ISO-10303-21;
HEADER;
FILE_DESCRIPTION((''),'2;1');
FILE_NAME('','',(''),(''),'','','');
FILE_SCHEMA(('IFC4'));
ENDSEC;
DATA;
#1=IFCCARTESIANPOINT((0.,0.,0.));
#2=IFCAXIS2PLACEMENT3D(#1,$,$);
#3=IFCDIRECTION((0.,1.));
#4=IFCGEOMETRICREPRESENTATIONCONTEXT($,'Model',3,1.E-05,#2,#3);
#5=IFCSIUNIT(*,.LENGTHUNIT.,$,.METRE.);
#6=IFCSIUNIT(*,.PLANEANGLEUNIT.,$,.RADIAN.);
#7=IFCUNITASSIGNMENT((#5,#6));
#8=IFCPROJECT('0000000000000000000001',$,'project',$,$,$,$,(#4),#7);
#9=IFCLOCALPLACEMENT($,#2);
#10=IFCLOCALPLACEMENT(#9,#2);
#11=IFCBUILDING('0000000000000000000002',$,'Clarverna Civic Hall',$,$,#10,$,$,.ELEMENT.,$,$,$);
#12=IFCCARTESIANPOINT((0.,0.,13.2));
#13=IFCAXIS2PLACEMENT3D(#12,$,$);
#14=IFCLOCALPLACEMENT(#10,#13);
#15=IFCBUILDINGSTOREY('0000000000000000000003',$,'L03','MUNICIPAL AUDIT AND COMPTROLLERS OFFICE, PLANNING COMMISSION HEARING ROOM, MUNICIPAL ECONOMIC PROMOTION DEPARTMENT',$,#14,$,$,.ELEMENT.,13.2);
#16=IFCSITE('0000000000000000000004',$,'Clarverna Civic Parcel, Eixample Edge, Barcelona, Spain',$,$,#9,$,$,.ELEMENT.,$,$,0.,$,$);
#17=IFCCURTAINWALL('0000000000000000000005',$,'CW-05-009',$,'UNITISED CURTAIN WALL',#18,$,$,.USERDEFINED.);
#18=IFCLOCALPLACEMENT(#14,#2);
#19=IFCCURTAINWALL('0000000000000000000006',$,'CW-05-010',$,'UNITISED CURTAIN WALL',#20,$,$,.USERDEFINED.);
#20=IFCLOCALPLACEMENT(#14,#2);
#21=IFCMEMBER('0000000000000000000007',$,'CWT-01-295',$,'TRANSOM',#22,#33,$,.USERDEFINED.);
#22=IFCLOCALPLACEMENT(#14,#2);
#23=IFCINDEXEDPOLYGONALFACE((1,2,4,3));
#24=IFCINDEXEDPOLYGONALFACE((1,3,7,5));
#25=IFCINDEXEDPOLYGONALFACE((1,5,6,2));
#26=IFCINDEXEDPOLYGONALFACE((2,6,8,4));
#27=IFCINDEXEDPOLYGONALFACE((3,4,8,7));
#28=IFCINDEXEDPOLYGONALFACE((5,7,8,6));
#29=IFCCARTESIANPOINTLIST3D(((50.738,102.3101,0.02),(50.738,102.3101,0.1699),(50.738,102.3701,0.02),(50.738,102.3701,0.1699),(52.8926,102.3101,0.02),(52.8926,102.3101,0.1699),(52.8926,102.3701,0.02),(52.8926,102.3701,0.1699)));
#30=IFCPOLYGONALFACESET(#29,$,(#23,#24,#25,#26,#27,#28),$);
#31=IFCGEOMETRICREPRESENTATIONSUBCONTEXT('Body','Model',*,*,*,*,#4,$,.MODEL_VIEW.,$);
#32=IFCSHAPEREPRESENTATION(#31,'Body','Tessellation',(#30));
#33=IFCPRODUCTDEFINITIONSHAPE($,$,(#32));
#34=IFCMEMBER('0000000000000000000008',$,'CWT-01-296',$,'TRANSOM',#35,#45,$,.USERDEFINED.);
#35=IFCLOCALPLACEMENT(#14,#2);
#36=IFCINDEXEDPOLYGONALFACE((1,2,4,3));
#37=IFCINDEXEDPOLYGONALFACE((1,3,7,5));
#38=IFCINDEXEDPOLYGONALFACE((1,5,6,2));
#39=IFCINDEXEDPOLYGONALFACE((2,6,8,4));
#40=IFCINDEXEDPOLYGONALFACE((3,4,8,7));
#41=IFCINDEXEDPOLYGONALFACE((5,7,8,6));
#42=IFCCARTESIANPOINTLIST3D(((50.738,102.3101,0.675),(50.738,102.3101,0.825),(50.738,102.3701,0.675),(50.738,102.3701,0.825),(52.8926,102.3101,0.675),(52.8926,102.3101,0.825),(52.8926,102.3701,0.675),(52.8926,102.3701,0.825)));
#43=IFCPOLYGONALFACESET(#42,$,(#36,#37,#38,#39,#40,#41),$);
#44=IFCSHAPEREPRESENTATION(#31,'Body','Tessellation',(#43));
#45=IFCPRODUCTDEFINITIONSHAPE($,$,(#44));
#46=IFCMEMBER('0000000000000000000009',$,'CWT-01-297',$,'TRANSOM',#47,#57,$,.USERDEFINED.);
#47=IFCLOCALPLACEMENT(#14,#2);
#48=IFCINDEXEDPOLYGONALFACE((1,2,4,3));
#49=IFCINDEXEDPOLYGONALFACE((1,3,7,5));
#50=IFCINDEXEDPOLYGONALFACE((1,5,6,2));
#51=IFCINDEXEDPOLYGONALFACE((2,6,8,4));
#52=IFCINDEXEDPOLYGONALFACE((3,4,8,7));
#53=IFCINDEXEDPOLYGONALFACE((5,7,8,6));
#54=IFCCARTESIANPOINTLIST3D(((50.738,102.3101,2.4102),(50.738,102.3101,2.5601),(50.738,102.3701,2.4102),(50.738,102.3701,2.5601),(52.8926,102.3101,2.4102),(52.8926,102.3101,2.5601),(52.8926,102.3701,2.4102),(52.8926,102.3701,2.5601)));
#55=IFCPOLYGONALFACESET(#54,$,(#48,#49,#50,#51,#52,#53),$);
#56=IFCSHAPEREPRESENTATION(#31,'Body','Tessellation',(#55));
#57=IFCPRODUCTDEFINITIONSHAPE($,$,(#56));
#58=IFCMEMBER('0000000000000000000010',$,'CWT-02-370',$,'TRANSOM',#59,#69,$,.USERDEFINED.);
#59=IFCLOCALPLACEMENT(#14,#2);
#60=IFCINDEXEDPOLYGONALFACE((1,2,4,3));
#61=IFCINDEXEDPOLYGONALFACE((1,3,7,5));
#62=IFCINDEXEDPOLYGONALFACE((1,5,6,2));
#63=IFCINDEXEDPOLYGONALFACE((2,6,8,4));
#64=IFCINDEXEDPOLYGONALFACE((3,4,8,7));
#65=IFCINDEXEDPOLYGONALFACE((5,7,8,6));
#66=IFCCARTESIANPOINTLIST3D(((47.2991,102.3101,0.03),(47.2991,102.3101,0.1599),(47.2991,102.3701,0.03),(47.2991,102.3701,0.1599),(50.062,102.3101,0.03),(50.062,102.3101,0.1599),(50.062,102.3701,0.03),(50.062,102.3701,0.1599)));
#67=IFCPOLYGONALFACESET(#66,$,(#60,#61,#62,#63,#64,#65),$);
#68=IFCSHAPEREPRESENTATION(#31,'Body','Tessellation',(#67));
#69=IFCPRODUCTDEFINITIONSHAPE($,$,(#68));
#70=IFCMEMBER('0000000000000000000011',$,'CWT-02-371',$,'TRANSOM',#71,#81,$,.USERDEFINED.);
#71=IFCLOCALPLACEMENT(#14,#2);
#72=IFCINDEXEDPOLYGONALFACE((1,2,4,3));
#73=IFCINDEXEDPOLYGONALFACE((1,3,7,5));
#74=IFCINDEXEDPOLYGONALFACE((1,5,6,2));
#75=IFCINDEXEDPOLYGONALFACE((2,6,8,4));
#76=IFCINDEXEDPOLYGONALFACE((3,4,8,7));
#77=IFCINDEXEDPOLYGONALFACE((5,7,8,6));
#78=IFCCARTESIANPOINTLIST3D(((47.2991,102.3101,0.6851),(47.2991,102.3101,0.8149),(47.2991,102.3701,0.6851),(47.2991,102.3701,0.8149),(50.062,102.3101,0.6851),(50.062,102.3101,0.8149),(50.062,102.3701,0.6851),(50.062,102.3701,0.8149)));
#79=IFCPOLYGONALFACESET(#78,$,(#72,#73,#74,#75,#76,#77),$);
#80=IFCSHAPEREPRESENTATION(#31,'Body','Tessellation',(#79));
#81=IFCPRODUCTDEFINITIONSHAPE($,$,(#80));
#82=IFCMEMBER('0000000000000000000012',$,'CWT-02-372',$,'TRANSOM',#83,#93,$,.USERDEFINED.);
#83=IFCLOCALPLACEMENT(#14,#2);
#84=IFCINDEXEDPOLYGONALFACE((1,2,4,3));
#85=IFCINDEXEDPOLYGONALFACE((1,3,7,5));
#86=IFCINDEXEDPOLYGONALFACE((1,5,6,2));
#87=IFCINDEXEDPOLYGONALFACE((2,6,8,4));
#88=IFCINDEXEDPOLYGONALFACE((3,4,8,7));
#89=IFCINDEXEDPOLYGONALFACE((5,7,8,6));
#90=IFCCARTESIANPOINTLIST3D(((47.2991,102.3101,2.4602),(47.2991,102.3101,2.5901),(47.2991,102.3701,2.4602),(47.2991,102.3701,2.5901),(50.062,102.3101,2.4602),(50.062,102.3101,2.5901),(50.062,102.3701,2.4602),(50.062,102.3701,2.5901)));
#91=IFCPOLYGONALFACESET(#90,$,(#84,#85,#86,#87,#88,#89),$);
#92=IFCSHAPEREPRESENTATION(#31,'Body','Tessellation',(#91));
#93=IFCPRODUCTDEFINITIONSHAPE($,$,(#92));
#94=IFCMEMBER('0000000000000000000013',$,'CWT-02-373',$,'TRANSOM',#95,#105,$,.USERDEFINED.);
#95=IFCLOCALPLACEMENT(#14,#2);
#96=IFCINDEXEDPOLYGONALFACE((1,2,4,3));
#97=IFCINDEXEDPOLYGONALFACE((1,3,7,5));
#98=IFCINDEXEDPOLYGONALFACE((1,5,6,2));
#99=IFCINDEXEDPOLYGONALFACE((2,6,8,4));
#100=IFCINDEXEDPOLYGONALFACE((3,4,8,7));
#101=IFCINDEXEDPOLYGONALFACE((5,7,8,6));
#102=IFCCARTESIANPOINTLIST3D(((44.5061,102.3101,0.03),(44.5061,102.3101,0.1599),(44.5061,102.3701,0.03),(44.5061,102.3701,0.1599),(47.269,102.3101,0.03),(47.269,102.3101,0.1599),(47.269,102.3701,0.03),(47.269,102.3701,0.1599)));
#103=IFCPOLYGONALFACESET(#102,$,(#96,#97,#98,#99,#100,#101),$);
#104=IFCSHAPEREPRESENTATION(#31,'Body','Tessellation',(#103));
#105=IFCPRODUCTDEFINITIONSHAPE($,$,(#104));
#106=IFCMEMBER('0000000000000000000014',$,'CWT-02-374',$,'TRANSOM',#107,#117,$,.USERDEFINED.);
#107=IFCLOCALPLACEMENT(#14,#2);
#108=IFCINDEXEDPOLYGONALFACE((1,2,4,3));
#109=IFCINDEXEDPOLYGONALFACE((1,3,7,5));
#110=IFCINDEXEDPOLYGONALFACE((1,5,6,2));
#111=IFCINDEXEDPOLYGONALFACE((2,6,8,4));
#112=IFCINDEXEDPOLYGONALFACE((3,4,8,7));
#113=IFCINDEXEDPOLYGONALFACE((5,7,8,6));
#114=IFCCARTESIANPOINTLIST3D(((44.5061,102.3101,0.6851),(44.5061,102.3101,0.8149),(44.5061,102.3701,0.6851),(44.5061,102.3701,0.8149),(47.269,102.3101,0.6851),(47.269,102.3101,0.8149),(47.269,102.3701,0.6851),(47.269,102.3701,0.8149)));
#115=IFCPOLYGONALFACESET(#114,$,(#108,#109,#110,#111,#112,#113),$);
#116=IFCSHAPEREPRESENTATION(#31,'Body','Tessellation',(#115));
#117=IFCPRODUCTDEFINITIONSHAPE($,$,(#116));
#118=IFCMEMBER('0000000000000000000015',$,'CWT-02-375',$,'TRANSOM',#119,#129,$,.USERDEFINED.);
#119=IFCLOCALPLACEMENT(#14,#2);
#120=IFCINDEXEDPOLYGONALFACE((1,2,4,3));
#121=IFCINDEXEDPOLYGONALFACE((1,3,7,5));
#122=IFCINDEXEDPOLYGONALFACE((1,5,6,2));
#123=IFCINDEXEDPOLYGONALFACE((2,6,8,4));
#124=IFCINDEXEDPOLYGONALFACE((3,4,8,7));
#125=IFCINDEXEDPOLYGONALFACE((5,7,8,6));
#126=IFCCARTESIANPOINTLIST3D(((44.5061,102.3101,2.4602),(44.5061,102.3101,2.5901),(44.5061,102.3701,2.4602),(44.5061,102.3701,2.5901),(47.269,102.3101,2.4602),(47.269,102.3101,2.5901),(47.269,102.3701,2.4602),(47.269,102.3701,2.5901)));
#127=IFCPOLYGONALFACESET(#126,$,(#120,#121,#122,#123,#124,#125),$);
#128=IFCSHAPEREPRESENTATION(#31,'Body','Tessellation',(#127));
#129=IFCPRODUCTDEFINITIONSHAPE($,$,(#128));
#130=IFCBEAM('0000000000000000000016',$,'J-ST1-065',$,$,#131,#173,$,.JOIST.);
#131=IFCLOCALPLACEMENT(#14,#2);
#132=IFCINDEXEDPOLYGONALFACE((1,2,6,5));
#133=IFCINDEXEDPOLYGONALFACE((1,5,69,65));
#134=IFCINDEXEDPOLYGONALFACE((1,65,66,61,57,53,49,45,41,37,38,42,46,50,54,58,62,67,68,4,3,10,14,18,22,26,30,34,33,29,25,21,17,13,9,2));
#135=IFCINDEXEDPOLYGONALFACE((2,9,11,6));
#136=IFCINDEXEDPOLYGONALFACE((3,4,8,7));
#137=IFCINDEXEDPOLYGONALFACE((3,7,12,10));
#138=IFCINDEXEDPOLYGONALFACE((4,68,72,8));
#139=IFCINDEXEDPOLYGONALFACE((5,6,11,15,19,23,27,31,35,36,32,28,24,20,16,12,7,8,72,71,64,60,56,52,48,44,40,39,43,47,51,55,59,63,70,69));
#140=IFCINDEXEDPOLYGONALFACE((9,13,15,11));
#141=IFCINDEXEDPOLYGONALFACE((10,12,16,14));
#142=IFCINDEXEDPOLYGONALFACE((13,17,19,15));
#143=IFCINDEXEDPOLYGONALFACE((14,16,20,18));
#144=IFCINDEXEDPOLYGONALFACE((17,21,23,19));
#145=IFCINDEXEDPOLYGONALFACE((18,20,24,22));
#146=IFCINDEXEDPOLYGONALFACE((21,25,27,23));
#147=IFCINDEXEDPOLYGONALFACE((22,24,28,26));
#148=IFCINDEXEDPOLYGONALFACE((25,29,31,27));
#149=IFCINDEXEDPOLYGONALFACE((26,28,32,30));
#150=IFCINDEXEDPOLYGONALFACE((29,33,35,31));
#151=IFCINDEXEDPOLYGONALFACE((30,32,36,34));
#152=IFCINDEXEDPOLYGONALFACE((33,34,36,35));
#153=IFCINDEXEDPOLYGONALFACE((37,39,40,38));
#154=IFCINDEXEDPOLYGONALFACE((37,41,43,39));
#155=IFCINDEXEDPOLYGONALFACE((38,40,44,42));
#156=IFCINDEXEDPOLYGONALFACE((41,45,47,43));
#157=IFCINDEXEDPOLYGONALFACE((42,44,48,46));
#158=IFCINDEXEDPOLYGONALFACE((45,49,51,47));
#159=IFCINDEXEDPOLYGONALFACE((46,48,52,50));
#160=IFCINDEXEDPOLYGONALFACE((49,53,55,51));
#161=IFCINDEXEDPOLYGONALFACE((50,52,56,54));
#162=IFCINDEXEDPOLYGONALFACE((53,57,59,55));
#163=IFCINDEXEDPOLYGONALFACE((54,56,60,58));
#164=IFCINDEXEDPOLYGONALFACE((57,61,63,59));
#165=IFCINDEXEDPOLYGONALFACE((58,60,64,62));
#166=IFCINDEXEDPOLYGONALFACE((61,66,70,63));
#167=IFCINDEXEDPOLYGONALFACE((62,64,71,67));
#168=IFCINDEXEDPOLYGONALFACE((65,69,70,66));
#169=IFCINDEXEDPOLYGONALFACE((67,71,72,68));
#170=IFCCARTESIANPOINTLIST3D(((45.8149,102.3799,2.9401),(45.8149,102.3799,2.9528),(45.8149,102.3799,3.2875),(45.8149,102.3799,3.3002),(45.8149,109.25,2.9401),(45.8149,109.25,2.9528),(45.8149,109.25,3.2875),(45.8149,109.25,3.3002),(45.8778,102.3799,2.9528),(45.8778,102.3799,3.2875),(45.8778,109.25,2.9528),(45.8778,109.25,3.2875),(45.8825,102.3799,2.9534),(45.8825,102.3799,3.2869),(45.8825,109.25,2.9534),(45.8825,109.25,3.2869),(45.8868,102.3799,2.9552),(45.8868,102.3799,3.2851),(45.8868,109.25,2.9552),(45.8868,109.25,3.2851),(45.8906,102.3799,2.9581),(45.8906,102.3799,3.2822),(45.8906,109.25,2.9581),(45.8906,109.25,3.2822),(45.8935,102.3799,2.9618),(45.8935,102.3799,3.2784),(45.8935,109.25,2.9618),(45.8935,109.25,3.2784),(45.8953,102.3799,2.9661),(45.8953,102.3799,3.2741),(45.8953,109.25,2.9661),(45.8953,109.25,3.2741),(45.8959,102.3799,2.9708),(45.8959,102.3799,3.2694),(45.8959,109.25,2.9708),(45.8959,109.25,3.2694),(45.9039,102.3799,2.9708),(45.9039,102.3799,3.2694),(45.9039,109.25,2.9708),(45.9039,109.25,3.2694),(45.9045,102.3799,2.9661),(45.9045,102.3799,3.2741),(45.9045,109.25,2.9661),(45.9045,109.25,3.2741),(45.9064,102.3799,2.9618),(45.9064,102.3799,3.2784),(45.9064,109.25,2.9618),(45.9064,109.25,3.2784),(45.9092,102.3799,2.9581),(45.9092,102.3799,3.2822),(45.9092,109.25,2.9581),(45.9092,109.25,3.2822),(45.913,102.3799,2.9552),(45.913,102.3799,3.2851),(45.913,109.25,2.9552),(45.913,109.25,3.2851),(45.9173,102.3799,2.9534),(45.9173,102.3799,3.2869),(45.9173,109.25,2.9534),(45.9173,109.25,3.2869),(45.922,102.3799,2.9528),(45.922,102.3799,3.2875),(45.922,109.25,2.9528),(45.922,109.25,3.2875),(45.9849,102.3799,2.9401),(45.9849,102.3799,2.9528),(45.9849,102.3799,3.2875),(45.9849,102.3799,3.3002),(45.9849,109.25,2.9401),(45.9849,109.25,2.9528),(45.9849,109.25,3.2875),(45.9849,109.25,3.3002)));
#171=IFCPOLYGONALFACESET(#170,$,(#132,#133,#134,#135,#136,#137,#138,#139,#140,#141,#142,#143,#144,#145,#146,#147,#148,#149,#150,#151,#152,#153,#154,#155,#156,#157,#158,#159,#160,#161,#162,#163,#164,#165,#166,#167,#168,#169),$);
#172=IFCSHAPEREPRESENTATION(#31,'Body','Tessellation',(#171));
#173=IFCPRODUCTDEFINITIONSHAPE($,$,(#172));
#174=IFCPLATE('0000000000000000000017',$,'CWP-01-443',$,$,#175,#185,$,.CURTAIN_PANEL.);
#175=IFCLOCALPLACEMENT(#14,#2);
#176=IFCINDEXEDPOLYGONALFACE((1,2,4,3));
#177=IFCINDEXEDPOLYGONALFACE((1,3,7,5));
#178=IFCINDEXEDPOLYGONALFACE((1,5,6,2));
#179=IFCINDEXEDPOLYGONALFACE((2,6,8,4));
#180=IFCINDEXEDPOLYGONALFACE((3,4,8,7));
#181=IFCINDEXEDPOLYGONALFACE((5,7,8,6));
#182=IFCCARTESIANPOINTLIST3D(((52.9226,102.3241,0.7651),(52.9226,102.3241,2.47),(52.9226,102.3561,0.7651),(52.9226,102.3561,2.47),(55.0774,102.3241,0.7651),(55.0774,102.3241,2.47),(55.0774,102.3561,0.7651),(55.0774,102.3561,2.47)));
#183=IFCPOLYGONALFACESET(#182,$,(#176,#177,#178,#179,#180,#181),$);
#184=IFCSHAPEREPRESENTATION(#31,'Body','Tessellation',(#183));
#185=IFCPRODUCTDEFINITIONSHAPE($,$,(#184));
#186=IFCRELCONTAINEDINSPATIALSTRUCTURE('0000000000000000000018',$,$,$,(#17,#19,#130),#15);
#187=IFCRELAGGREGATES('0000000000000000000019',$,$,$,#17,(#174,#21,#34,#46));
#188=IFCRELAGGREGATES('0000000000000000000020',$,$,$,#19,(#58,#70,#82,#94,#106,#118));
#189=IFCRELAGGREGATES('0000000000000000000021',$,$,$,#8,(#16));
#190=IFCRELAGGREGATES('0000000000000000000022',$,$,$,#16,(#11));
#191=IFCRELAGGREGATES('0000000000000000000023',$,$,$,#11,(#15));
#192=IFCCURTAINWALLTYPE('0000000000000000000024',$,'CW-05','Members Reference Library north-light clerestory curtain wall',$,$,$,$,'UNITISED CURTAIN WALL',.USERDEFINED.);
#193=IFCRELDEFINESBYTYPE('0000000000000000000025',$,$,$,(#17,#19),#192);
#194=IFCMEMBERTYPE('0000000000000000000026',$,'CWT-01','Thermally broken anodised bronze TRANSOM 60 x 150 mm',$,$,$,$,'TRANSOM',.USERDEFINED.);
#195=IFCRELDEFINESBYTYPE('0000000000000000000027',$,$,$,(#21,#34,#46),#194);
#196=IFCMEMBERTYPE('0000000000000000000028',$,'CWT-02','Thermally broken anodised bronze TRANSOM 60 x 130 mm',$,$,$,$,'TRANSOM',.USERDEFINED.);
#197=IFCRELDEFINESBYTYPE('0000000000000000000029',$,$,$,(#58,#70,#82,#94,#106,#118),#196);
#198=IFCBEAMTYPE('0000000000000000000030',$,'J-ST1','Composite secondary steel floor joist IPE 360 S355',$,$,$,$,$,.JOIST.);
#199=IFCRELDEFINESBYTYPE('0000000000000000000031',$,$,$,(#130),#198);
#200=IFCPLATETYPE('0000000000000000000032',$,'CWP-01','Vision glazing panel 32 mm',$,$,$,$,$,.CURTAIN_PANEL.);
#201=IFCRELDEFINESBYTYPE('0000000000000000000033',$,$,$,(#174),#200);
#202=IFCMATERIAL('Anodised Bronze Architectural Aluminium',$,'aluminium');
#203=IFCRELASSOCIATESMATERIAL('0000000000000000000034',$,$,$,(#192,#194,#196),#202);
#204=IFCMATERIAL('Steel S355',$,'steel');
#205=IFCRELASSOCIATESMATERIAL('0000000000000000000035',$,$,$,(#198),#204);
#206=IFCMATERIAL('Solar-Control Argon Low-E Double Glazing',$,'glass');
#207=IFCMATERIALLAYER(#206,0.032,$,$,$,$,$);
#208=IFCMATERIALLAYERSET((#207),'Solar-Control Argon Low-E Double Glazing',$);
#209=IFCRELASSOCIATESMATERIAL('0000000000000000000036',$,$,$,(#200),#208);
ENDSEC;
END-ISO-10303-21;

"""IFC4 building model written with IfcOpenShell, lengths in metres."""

from ifc_helpers import new_model, si_unit, direction, frame, frame_2d, origin, origin_2d, place, context, subcontext, project, spatial, rectangle, i_section, extrude, material, layer, layer_set, material_profile, profile_set, type_object, element, aggregate, save


model = new_model("IFC4")

# Units and contexts
model_context = context("Model", 3, precision=1e-05, world=origin(), true_north=direction((0.0, 1.0)))
body_context = subcontext(model_context, "Body", "Model", "MODEL_VIEW")
ifc_project = project(units=[si_unit("LENGTHUNIT", "METRE"), si_unit("PLANEANGLEUNIT", "RADIAN")], contexts=[model_context])

# Site, building, storey
site_placement = place(None, origin())
site = spatial("IfcSite", under=ifc_project, at=site_placement, Name="Clarverna Civic Parcel, Eixample Edge, Barcelona, Spain", CompositionType="ELEMENT", RefElevation=0.0)
building_placement = place(site_placement, origin())
building = spatial("IfcBuilding", under=site, at=building_placement, Name="Clarverna Civic Hall", CompositionType="ELEMENT")
storey_placement = place(building_placement, frame((0.0, 0.0, 13.2)))
storey = spatial("IfcBuildingStorey", under=building, at=storey_placement, Name="L03", Description="MUNICIPAL AUDIT AND COMPTROLLERS OFFICE, PLANNING COMMISSION HEARING ROOM, MUNICIPAL ECONOMIC PROMOTION DEPARTMENT", CompositionType="ELEMENT", Elevation=13.2)

# Shared definitions
ifc_material_1 = material(Name="Steel S355", Category="steel")

# Curtain walls
ifc_material_2 = material(Name="Anodised Bronze Architectural Aluminium", Category="aluminium")
curtain_wall_type = type_object("IfcCurtainWallType", Name="CW-05", Description="Members Reference Library north-light clerestory curtain wall", ElementType="UNITISED CURTAIN WALL", PredefinedType="USERDEFINED", material=ifc_material_2)
curtain_wall_1_placement = place(storey_placement, origin())
curtain_wall_1 = element("IfcCurtainWall", 1, at=curtain_wall_1_placement, inside=storey, type_object=curtain_wall_type, Name="CW-05-009", ObjectType="UNITISED CURTAIN WALL", PredefinedType="USERDEFINED")
curtain_wall_2_placement = place(storey_placement, origin())
curtain_wall_2 = element("IfcCurtainWall", 2, at=curtain_wall_2_placement, inside=storey, type_object=curtain_wall_type, Name="CW-05-010", ObjectType="UNITISED CURTAIN WALL", PredefinedType="USERDEFINED")

# Members
ifc_material_profile_1 = material_profile(ifc_material_2, rectangle(XDim=0.0601, YDim=0.1499, at=origin_2d()), Name="BRONZE 60x150")
ifc_profile_set_1 = profile_set([ifc_material_profile_1], Name="Anodised Bronze Architectural Aluminium")
member_type_1 = type_object("IfcMemberType", Name="CWT-01", Description="Thermally broken anodised bronze TRANSOM 60 x 150 mm", ElementType="TRANSOM", PredefinedType="USERDEFINED", material=ifc_profile_set_1)
member_1_placement = place(storey_placement, frame((52.8926, 102.3401, 0.095), z_axis=(-1.0, 0.0, 0.0), x_axis=(0.0, -1.0, 0.0)))
member_1 = element("IfcMember", 3, at=member_1_placement, type_object=member_type_1, Name="CWT-01-295", ObjectType="TRANSOM", PredefinedType="USERDEFINED", context=body_context, shape_type="SweptSolid", body=[
    extrude(rectangle(XDim=0.0601, YDim=0.1499, at=origin_2d()), origin(), (0.0, 0.0, 1.0), 2.1545),
])
member_2_placement = place(storey_placement, frame((52.8926, 102.3401, 0.75), z_axis=(-1.0, 0.0, 0.0), x_axis=(0.0, -1.0, 0.0)))
member_2 = element("IfcMember", 4, at=member_2_placement, type_object=member_type_1, Name="CWT-01-296", ObjectType="TRANSOM", PredefinedType="USERDEFINED", context=body_context, shape_type="SweptSolid", body=[
    extrude(rectangle(XDim=0.0601, YDim=0.1499, at=origin_2d()), origin(), (0.0, 0.0, 1.0), 2.1545),
])
member_3_placement = place(storey_placement, frame((52.8926, 102.3401, 2.4851), z_axis=(-1.0, 0.0, 0.0), x_axis=(0.0, -1.0, 0.0)))
member_3 = element("IfcMember", 5, at=member_3_placement, type_object=member_type_1, Name="CWT-01-297", ObjectType="TRANSOM", PredefinedType="USERDEFINED", context=body_context, shape_type="SweptSolid", body=[
    extrude(rectangle(XDim=0.0601, YDim=0.1499, at=origin_2d()), origin(), (0.0, 0.0, 1.0), 2.1545),
])
ifc_material_profile_2 = material_profile(ifc_material_2, rectangle(XDim=0.0601, YDim=0.1299, at=origin_2d()), Name="BRONZE 60x130")
ifc_profile_set_2 = profile_set([ifc_material_profile_2], Name="Anodised Bronze Architectural Aluminium")
member_type_2 = type_object("IfcMemberType", Name="CWT-02", Description="Thermally broken anodised bronze TRANSOM 60 x 130 mm", ElementType="TRANSOM", PredefinedType="USERDEFINED", material=ifc_profile_set_2)
member_4_placement = place(storey_placement, frame((50.062, 102.3401, 0.095), z_axis=(-1.0, 0.0, 0.0), x_axis=(0.0, -1.0, 0.0)))
member_4 = element("IfcMember", 6, at=member_4_placement, type_object=member_type_2, Name="CWT-02-370", ObjectType="TRANSOM", PredefinedType="USERDEFINED", context=body_context, shape_type="SweptSolid", body=[
    extrude(rectangle(XDim=0.0601, YDim=0.1299, at=origin_2d()), origin(), (0.0, 0.0, 1.0), 2.7629),
])
member_5_placement = place(storey_placement, frame((50.062, 102.3401, 0.75), z_axis=(-1.0, 0.0, 0.0), x_axis=(0.0, -1.0, 0.0)))
member_5 = element("IfcMember", 7, at=member_5_placement, type_object=member_type_2, Name="CWT-02-371", ObjectType="TRANSOM", PredefinedType="USERDEFINED", context=body_context, shape_type="SweptSolid", body=[
    extrude(rectangle(XDim=0.0601, YDim=0.1299, at=origin_2d()), origin(), (0.0, 0.0, 1.0), 2.7629),
])
member_6_placement = place(storey_placement, frame((50.062, 102.3401, 2.5251), z_axis=(-1.0, 0.0, 0.0), x_axis=(0.0, -1.0, 0.0)))
member_6 = element("IfcMember", 8, at=member_6_placement, type_object=member_type_2, Name="CWT-02-372", ObjectType="TRANSOM", PredefinedType="USERDEFINED", context=body_context, shape_type="SweptSolid", body=[
    extrude(rectangle(XDim=0.0601, YDim=0.1299, at=origin_2d()), origin(), (0.0, 0.0, 1.0), 2.7629),
])
member_7_placement = place(storey_placement, frame((47.269, 102.3401, 0.095), z_axis=(-1.0, 0.0, 0.0), x_axis=(0.0, -1.0, 0.0)))
member_7 = element("IfcMember", 9, at=member_7_placement, type_object=member_type_2, Name="CWT-02-373", ObjectType="TRANSOM", PredefinedType="USERDEFINED", context=body_context, shape_type="SweptSolid", body=[
    extrude(rectangle(XDim=0.0601, YDim=0.1299, at=origin_2d()), origin(), (0.0, 0.0, 1.0), 2.7629),
])
member_8_placement = place(storey_placement, frame((47.269, 102.3401, 0.75), z_axis=(-1.0, 0.0, 0.0), x_axis=(0.0, -1.0, 0.0)))
member_8 = element("IfcMember", 10, at=member_8_placement, type_object=member_type_2, Name="CWT-02-374", ObjectType="TRANSOM", PredefinedType="USERDEFINED", context=body_context, shape_type="SweptSolid", body=[
    extrude(rectangle(XDim=0.0601, YDim=0.1299, at=origin_2d()), origin(), (0.0, 0.0, 1.0), 2.7629),
])
member_9_placement = place(storey_placement, frame((47.269, 102.3401, 2.5251), z_axis=(-1.0, 0.0, 0.0), x_axis=(0.0, -1.0, 0.0)))
member_9 = element("IfcMember", 11, at=member_9_placement, type_object=member_type_2, Name="CWT-02-375", ObjectType="TRANSOM", PredefinedType="USERDEFINED", context=body_context, shape_type="SweptSolid", body=[
    extrude(rectangle(XDim=0.0601, YDim=0.1299, at=origin_2d()), origin(), (0.0, 0.0, 1.0), 2.7629),
])

# Beam
ifc_material_profile_3 = material_profile(ifc_material_1, i_section(OverallWidth=0.1699, OverallDepth=0.3601, WebThickness=0.0081, FlangeThickness=0.0127, FilletRadius=0.0181, at=origin_2d()), Name="IPE 360")
ifc_profile_set_3 = profile_set([ifc_material_profile_3], Name="Steel S355")
beam_type_1 = type_object("IfcBeamType", Name="J-ST1", Description="Composite secondary steel floor joist IPE 360 S355", PredefinedType="JOIST", material=ifc_profile_set_3)
beam_1_placement = place(storey_placement, frame((45.8999, 102.3799, 3.1201), z_axis=(0.0, 1.0, 0.0), x_axis=(-1.0, 0.0, 0.0)))
element("IfcBeam", 12, at=beam_1_placement, inside=storey, type_object=beam_type_1, Name="J-ST1-065", PredefinedType="JOIST", context=body_context, shape_type="SweptSolid", body=[
    extrude(i_section(OverallWidth=0.1699, OverallDepth=0.3601, WebThickness=0.0081, FlangeThickness=0.0127, FilletRadius=0.0181, at=origin_2d()), origin(), (0.0, 0.0, 1.0), 6.8701),
])

# Plate
ifc_material_3 = material(Name="Solar-Control Argon Low-E Double Glazing", Category="glass")
ifc_layer_1 = layer(ifc_material_3, 0.032)
ifc_layer_set_1 = layer_set([ifc_layer_1], Name="Solar-Control Argon Low-E Double Glazing")
plate_type_1 = type_object("IfcPlateType", Name="CWP-01", Description="Vision glazing panel 32 mm", PredefinedType="CURTAIN_PANEL", material=ifc_layer_set_1)
plate_1_placement = place(storey_placement, frame((55.0774, 102.3401, 0.7651), z_axis=(0.0, 0.0, 1.0), x_axis=(-1.0, 0.0, 0.0)))
plate_1 = element("IfcPlate", 13, at=plate_1_placement, type_object=plate_type_1, Name="CWP-01-443", PredefinedType="CURTAIN_PANEL", context=body_context, shape_type="SweptSolid", body=[
    extrude(rectangle(XDim=2.1548, YDim=0.032, at=frame_2d((1.0774, 0.0))), origin(), (0.0, 0.0, 1.0), 1.7048),
])
aggregate(curtain_wall_1, [plate_1, member_1, member_2, member_3])
aggregate(curtain_wall_2, [member_4, member_5, member_6, member_7, member_8, member_9])

save(model, "model.ifc")
